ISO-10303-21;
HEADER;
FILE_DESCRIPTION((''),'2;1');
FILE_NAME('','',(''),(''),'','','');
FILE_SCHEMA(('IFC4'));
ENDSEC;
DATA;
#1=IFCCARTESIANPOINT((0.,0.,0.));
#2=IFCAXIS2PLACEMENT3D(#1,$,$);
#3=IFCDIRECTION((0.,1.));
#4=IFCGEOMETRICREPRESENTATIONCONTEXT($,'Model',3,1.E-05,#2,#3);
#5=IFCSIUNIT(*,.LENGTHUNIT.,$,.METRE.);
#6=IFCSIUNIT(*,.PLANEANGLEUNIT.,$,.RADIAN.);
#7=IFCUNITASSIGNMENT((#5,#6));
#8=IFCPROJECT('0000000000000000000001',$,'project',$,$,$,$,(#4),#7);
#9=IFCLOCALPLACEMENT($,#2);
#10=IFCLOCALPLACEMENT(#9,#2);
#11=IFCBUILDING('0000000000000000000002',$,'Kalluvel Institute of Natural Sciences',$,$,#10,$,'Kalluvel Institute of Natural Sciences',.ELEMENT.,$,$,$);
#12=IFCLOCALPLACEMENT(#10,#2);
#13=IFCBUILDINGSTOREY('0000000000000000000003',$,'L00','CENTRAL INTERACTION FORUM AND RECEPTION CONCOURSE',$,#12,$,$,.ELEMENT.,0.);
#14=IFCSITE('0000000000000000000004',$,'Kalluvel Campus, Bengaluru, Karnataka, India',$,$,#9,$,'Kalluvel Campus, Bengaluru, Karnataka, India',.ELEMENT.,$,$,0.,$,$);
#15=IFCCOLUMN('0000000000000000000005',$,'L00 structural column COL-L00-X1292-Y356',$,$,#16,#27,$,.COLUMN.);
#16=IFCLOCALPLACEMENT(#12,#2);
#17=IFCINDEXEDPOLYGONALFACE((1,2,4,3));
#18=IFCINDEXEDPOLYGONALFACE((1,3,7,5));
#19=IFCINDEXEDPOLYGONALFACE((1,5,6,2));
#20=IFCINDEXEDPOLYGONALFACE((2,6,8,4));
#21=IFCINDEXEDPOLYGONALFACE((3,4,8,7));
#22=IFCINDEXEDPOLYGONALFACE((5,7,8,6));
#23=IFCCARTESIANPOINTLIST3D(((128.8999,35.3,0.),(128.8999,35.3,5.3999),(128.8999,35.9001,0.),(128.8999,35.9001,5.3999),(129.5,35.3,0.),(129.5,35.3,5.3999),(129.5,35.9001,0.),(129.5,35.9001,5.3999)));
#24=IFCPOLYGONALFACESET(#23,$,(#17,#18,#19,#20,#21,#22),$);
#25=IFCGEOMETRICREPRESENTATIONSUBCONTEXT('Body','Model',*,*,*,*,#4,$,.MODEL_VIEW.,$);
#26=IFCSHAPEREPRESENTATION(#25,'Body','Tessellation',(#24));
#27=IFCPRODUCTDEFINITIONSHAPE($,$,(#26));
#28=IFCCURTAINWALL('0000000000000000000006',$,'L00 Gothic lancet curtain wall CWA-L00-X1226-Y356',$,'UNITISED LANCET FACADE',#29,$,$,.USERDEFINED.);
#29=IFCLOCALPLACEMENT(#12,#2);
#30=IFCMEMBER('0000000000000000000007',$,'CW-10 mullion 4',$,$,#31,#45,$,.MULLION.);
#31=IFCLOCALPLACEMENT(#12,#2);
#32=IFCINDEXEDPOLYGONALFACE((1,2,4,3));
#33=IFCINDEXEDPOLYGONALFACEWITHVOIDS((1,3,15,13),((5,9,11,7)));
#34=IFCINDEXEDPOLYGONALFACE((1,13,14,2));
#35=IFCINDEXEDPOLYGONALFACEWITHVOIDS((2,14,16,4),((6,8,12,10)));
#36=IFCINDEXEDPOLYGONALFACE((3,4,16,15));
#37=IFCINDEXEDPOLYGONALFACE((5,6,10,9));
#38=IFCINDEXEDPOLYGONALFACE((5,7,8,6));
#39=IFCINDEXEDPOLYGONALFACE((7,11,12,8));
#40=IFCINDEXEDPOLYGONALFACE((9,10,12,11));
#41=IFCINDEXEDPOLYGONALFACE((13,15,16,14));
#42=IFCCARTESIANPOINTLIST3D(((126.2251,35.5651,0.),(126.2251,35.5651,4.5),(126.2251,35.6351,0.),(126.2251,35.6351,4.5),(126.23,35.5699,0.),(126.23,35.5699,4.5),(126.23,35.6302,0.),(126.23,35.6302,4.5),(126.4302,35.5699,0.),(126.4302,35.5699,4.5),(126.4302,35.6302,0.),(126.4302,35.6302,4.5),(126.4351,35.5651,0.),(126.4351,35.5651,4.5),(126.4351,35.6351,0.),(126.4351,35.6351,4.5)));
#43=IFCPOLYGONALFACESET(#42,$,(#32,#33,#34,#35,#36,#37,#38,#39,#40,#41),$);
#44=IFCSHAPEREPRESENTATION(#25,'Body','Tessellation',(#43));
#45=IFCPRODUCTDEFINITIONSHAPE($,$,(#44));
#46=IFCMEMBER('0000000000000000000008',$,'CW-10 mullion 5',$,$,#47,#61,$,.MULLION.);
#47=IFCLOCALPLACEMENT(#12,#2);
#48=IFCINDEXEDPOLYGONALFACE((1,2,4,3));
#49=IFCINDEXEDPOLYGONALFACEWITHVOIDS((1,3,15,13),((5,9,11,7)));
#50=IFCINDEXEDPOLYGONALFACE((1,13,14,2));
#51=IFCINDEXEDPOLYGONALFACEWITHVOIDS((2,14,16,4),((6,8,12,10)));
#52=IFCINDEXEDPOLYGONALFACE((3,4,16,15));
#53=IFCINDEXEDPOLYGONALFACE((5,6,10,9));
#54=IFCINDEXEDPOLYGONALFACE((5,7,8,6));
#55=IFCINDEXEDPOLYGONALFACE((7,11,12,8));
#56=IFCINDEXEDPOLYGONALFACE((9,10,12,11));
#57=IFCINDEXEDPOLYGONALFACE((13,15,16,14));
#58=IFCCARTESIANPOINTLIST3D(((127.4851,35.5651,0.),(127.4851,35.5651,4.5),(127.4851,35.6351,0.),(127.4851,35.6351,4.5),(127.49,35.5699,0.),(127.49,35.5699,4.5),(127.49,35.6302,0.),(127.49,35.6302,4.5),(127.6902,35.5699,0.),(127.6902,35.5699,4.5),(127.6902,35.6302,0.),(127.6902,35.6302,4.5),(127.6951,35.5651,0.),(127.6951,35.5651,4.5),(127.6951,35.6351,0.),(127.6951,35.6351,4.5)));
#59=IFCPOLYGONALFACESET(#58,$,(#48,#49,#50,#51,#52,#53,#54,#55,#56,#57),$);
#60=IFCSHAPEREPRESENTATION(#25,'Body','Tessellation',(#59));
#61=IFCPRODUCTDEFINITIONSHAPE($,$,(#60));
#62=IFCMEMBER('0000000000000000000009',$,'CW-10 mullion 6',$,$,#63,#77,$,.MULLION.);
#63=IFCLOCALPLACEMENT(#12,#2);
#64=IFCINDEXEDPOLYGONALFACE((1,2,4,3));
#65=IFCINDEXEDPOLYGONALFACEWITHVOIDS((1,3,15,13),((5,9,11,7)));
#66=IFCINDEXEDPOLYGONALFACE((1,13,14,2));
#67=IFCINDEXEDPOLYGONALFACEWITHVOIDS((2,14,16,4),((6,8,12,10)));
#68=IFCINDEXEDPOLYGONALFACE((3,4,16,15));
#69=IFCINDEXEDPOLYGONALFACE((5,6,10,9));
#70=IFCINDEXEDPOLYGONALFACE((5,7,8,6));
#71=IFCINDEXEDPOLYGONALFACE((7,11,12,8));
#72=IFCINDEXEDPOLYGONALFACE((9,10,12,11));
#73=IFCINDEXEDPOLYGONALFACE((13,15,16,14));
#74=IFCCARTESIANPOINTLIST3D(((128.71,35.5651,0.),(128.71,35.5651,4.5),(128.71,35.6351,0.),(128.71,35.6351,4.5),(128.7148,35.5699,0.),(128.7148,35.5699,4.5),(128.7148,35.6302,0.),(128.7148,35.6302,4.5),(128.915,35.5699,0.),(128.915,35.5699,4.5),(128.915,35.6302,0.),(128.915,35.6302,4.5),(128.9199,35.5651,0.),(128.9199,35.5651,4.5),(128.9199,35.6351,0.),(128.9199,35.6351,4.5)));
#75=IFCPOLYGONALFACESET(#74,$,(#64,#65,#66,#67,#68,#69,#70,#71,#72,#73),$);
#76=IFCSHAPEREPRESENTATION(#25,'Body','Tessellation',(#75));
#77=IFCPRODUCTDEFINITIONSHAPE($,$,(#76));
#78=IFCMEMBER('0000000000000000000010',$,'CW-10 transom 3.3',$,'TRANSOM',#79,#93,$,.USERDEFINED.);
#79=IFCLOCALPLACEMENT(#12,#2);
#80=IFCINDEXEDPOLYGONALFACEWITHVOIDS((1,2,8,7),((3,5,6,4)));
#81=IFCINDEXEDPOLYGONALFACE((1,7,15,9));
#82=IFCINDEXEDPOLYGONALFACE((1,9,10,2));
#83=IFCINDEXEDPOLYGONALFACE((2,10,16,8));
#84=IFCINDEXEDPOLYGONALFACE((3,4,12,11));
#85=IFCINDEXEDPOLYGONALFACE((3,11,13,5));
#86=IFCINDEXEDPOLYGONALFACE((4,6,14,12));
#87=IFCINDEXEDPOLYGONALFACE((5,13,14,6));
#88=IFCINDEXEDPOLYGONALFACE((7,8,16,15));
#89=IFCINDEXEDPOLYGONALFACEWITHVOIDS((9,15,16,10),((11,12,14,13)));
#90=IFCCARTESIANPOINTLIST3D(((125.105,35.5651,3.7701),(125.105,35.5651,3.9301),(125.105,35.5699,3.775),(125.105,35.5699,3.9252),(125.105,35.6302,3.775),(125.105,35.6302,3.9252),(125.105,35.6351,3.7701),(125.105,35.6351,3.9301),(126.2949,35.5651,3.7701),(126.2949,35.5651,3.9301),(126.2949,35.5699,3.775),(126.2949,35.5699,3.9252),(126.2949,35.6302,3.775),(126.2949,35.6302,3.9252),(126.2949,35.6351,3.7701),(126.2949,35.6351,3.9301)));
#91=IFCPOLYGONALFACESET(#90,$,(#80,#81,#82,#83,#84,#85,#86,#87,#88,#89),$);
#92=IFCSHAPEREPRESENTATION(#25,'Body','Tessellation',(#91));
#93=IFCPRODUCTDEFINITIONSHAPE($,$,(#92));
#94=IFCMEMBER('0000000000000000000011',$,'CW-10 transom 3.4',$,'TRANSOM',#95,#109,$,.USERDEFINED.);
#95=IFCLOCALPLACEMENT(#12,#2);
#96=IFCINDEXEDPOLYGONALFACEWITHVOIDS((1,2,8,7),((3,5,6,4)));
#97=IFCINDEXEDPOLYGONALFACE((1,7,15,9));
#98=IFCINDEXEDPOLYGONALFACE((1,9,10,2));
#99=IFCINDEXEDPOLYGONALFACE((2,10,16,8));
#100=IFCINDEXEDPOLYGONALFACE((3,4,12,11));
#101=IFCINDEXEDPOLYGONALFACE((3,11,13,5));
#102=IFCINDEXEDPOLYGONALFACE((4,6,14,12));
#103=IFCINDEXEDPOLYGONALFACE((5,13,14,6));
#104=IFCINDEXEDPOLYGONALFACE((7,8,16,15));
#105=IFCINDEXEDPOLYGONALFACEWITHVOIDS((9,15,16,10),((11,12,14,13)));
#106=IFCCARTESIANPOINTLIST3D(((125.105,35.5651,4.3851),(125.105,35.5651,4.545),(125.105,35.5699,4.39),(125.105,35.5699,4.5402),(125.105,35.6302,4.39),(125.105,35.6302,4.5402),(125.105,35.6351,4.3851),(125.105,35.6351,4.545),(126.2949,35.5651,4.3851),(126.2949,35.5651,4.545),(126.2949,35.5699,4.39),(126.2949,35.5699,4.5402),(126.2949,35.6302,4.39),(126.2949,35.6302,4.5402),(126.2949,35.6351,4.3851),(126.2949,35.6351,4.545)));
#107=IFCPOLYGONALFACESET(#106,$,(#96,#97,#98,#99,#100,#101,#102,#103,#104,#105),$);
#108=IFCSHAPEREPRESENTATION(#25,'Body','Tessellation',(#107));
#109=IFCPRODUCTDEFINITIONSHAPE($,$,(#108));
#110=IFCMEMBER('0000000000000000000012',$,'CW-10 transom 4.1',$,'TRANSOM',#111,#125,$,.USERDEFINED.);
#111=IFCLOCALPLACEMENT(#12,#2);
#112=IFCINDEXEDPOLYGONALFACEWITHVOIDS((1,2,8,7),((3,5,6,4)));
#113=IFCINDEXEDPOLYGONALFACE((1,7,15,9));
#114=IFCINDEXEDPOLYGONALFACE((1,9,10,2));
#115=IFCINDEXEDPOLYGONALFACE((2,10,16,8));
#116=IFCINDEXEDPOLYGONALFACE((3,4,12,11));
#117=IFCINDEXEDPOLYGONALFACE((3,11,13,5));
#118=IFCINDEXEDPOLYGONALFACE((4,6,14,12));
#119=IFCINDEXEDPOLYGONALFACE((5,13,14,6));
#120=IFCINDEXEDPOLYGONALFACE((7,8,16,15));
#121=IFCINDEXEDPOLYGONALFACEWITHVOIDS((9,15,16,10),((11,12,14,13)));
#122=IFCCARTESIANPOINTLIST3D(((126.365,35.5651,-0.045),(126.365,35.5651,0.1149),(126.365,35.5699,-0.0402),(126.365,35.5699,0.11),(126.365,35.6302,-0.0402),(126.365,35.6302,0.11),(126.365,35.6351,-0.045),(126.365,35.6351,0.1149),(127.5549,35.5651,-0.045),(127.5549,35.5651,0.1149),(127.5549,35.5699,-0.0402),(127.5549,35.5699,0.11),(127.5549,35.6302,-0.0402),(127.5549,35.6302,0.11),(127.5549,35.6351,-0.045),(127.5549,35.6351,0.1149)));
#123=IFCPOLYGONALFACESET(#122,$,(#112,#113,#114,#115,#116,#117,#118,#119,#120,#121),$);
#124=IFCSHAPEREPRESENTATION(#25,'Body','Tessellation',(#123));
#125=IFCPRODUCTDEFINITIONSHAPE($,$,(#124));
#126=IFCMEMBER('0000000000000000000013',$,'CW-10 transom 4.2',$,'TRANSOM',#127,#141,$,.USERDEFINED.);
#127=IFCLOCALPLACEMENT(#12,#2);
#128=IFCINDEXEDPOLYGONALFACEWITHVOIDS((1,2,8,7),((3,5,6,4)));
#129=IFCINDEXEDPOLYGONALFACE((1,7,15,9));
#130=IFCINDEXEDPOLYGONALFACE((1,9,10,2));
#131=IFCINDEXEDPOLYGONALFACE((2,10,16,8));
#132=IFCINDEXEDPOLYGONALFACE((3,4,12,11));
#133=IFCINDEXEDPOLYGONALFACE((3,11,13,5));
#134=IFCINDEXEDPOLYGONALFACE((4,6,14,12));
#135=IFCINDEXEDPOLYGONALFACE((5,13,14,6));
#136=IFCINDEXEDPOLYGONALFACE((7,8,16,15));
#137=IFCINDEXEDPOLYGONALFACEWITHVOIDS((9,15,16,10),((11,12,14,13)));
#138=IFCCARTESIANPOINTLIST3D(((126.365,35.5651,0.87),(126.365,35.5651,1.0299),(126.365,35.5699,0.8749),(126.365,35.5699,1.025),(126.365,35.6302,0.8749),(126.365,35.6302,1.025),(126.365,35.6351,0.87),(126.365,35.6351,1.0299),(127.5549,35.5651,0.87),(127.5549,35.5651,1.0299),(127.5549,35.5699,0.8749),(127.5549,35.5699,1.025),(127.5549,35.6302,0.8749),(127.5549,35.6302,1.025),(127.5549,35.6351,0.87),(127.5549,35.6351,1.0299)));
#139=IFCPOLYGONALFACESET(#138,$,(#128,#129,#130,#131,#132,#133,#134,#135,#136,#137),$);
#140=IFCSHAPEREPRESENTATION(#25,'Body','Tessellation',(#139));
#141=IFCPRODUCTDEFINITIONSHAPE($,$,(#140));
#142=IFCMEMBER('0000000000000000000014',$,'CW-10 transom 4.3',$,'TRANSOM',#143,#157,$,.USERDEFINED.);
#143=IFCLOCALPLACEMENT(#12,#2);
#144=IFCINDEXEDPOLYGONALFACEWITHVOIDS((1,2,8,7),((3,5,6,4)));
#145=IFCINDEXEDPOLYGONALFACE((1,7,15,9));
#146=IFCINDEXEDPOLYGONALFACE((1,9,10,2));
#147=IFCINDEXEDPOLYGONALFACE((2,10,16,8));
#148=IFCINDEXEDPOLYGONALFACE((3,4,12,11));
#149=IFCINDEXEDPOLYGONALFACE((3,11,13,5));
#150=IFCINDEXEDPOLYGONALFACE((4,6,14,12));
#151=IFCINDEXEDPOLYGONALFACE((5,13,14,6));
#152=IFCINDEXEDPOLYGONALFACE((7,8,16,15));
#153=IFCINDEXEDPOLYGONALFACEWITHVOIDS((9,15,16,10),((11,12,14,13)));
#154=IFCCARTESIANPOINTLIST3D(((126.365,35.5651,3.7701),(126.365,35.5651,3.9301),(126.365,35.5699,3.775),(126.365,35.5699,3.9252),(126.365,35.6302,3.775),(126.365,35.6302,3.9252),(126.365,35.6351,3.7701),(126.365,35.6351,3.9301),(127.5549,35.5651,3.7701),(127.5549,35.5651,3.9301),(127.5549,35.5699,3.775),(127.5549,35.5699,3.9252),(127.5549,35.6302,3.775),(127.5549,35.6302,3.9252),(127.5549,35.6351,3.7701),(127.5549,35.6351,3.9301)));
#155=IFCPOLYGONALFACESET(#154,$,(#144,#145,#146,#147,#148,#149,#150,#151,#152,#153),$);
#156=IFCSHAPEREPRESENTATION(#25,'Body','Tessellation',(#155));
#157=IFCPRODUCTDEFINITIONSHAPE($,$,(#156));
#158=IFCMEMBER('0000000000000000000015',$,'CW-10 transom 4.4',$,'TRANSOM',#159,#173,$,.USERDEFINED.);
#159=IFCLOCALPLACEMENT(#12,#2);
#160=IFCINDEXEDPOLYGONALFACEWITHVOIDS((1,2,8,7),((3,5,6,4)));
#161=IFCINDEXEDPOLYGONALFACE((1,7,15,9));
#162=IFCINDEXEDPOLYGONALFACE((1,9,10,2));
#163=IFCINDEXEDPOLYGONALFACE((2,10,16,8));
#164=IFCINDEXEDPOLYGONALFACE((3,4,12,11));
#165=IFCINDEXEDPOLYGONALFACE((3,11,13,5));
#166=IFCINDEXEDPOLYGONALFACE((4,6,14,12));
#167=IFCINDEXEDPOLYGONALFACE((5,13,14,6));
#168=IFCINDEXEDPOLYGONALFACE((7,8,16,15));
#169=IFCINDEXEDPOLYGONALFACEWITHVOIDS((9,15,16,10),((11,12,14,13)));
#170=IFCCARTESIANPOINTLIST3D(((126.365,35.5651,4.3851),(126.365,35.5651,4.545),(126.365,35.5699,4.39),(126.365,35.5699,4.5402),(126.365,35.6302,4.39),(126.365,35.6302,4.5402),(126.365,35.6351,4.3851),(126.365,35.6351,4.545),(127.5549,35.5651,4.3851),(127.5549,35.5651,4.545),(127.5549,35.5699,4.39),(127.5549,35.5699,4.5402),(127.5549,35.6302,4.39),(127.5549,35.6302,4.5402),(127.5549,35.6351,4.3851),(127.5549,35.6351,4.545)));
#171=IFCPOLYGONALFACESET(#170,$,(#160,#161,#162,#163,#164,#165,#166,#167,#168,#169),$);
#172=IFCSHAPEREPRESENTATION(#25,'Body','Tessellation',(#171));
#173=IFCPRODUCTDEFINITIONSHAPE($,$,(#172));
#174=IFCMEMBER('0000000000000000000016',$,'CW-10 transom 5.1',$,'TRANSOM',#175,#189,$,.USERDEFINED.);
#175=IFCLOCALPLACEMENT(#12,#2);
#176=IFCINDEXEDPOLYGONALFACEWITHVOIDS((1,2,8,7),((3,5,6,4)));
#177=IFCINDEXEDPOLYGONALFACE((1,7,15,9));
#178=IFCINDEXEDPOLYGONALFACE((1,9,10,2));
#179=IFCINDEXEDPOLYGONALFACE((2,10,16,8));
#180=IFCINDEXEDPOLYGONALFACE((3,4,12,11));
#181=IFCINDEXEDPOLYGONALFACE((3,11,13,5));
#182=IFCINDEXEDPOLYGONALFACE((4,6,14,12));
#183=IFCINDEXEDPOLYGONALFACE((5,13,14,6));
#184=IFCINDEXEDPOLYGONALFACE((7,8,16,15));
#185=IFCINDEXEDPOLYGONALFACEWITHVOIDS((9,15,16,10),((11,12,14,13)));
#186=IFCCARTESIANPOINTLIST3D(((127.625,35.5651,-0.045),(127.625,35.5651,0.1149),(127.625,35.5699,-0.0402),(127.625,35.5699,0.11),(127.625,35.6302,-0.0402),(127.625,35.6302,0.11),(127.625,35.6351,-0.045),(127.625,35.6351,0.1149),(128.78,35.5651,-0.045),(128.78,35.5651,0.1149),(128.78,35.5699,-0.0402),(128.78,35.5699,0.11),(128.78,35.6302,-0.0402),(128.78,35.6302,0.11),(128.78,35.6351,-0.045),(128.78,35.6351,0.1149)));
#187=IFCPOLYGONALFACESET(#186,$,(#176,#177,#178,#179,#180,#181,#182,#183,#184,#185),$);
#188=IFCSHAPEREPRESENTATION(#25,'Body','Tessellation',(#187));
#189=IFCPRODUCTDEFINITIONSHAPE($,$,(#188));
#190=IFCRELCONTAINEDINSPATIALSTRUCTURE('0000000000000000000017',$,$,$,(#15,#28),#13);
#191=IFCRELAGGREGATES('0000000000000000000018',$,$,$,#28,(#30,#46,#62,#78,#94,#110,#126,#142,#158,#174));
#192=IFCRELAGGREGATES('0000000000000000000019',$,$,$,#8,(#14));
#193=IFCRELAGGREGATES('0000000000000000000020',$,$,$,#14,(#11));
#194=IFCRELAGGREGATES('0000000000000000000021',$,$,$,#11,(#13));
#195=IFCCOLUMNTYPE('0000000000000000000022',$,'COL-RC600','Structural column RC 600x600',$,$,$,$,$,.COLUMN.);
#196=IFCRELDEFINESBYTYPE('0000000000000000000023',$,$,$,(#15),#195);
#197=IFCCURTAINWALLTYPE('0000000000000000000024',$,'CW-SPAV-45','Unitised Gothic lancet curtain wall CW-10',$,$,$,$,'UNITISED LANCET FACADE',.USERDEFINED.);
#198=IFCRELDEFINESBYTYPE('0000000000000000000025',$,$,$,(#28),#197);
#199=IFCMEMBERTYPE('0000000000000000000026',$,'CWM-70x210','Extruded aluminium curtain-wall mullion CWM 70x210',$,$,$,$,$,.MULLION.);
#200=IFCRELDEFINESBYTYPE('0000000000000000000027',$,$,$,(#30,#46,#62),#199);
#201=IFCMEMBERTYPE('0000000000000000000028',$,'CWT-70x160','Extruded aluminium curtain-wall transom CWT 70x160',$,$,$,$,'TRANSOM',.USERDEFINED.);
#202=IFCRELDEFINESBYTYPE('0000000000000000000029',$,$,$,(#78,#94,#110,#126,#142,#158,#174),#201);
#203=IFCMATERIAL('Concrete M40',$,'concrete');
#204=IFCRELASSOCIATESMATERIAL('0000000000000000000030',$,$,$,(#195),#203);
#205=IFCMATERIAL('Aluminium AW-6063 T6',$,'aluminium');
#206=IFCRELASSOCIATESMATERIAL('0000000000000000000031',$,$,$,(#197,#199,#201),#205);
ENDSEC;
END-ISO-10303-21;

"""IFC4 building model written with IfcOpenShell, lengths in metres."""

from ifc_helpers import new_model, si_unit, direction, frame, origin, origin_2d, place, context, subcontext, project, spatial, rectangle, hollow_rectangle, extrude, material, material_profile, profile_set, type_object, element, aggregate, save


model = new_model("IFC4")

# Units and contexts
model_context = context("Model", 3, precision=1e-05, world=origin(), true_north=direction((0.0, 1.0)))
body_context = subcontext(model_context, "Body", "Model", "MODEL_VIEW")
ifc_project = project(units=[si_unit("LENGTHUNIT", "METRE"), si_unit("PLANEANGLEUNIT", "RADIAN")], contexts=[model_context])

# Site, building, storey
site_placement = place(None, origin())
site = spatial("IfcSite", under=ifc_project, at=site_placement, Name="Kalluvel Campus, Bengaluru, Karnataka, India", LongName="Kalluvel Campus, Bengaluru, Karnataka, India", CompositionType="ELEMENT", RefElevation=0.0)
building_placement = place(site_placement, origin())
building = spatial("IfcBuilding", under=site, at=building_placement, Name="Kalluvel Institute of Natural Sciences", LongName="Kalluvel Institute of Natural Sciences", CompositionType="ELEMENT")
storey_placement = place(building_placement, origin())
storey = spatial("IfcBuildingStorey", under=building, at=storey_placement, Name="L00", Description="CENTRAL INTERACTION FORUM AND RECEPTION CONCOURSE", CompositionType="ELEMENT", Elevation=0.0)

# Column
ifc_material_1 = material(Name="Concrete M40", Category="concrete")
ifc_material_profile_1 = material_profile(ifc_material_1, rectangle(XDim=0.6001, YDim=0.6001, at=origin_2d()), Name="RC 600x600")
ifc_profile_set_1 = profile_set([ifc_material_profile_1], Name="Concrete M40")
column_type = type_object("IfcColumnType", Name="COL-RC600", Description="Structural column RC 600x600", PredefinedType="COLUMN", material=ifc_profile_set_1)
column_placement = place(storey_placement, frame((129.2, 35.6001, 0.0), z_axis=(0.0, 0.0, 1.0), x_axis=(1.0, 0.0, 0.0)))
element("IfcColumn", 1, at=column_placement, inside=storey, type_object=column_type, Name="L00 structural column COL-L00-X1292-Y356", PredefinedType="COLUMN", context=body_context, shape_type="SweptSolid", body=[
    extrude(rectangle(XDim=0.6001, YDim=0.6001, at=origin_2d()), origin(), (0.0, 0.0, 1.0), 5.3999),
])

# Curtain wall, members
ifc_material_2 = material(Name="Aluminium AW-6063 T6", Category="aluminium")
curtain_wall_type = type_object("IfcCurtainWallType", Name="CW-SPAV-45", Description="Unitised Gothic lancet curtain wall CW-10", ElementType="UNITISED LANCET FACADE", PredefinedType="USERDEFINED", material=ifc_material_2)
curtain_wall_placement = place(storey_placement, origin())
curtain_wall = element("IfcCurtainWall", 2, at=curtain_wall_placement, inside=storey, type_object=curtain_wall_type, Name="L00 Gothic lancet curtain wall CWA-L00-X1226-Y356", ObjectType="UNITISED LANCET FACADE", PredefinedType="USERDEFINED")
ifc_material_profile_2 = material_profile(ifc_material_2, hollow_rectangle(XDim=0.0701, YDim=0.21, WallThickness=0.0049, at=origin_2d()), Name="CWM 70x210")
ifc_profile_set_2 = profile_set([ifc_material_profile_2], Name="Aluminium AW-6063 T6")
member_type_1 = type_object("IfcMemberType", Name="CWM-70x210", Description="Extruded aluminium curtain-wall mullion CWM 70x210", PredefinedType="MULLION", material=ifc_profile_set_2)
member_1_placement = place(storey_placement, frame((126.3301, 35.6001, 0.0), z_axis=(0.0, 0.0, 1.0), x_axis=(0.0, 1.0, 0.0)))
member_1 = element("IfcMember", 3, at=member_1_placement, type_object=member_type_1, Name="CW-10 mullion 4", PredefinedType="MULLION", context=body_context, shape_type="SweptSolid", body=[
    extrude(hollow_rectangle(XDim=0.0701, YDim=0.21, WallThickness=0.0049, at=origin_2d()), origin(), (0.0, 0.0, 1.0), 4.5),
])
member_2_placement = place(storey_placement, frame((127.5901, 35.6001, 0.0), z_axis=(0.0, 0.0, 1.0), x_axis=(0.0, 1.0, 0.0)))
member_2 = element("IfcMember", 4, at=member_2_placement, type_object=member_type_1, Name="CW-10 mullion 5", PredefinedType="MULLION", context=body_context, shape_type="SweptSolid", body=[
    extrude(hollow_rectangle(XDim=0.0701, YDim=0.21, WallThickness=0.0049, at=origin_2d()), origin(), (0.0, 0.0, 1.0), 4.5),
])
member_3_placement = place(storey_placement, frame((128.8149, 35.6001, 0.0), z_axis=(0.0, 0.0, 1.0), x_axis=(0.0, 1.0, 0.0)))
member_3 = element("IfcMember", 5, at=member_3_placement, type_object=member_type_1, Name="CW-10 mullion 6", PredefinedType="MULLION", context=body_context, shape_type="SweptSolid", body=[
    extrude(hollow_rectangle(XDim=0.0701, YDim=0.21, WallThickness=0.0049, at=origin_2d()), origin(), (0.0, 0.0, 1.0), 4.5),
])
ifc_material_profile_3 = material_profile(ifc_material_2, hollow_rectangle(XDim=0.0701, YDim=0.1599, WallThickness=0.0049, at=origin_2d()), Name="CWT 70x160")
ifc_profile_set_3 = profile_set([ifc_material_profile_3], Name="Aluminium AW-6063 T6")
member_type_2 = type_object("IfcMemberType", Name="CWT-70x160", Description="Extruded aluminium curtain-wall transom CWT 70x160", ElementType="TRANSOM", PredefinedType="USERDEFINED", material=ifc_profile_set_3)
member_4_placement = place(storey_placement, frame((125.105, 35.6001, 3.8501), z_axis=(1.0, 0.0, 0.0), x_axis=(0.0, 1.0, 0.0)))
member_4 = element("IfcMember", 6, at=member_4_placement, type_object=member_type_2, Name="CW-10 transom 3.3", ObjectType="TRANSOM", PredefinedType="USERDEFINED", context=body_context, shape_type="SweptSolid", body=[
    extrude(hollow_rectangle(XDim=0.0701, YDim=0.1599, WallThickness=0.0049, at=origin_2d()), origin(), (0.0, 0.0, 1.0), 1.1899),
])
member_5_placement = place(storey_placement, frame((125.105, 35.6001, 4.4651), z_axis=(1.0, 0.0, 0.0), x_axis=(0.0, 1.0, 0.0)))
member_5 = element("IfcMember", 7, at=member_5_placement, type_object=member_type_2, Name="CW-10 transom 3.4", ObjectType="TRANSOM", PredefinedType="USERDEFINED", context=body_context, shape_type="SweptSolid", body=[
    extrude(hollow_rectangle(XDim=0.0701, YDim=0.1599, WallThickness=0.0049, at=origin_2d()), origin(), (0.0, 0.0, 1.0), 1.1899),
])
member_6_placement = place(storey_placement, frame((126.365, 35.6001, 0.0349), z_axis=(1.0, 0.0, 0.0), x_axis=(0.0, 1.0, 0.0)))
member_6 = element("IfcMember", 8, at=member_6_placement, type_object=member_type_2, Name="CW-10 transom 4.1", ObjectType="TRANSOM", PredefinedType="USERDEFINED", context=body_context, shape_type="SweptSolid", body=[
    extrude(hollow_rectangle(XDim=0.0701, YDim=0.1599, WallThickness=0.0049, at=origin_2d()), origin(), (0.0, 0.0, 1.0), 1.1899),
])
member_7_placement = place(storey_placement, frame((126.365, 35.6001, 0.95), z_axis=(1.0, 0.0, 0.0), x_axis=(0.0, 1.0, 0.0)))
member_7 = element("IfcMember", 9, at=member_7_placement, type_object=member_type_2, Name="CW-10 transom 4.2", ObjectType="TRANSOM", PredefinedType="USERDEFINED", context=body_context, shape_type="SweptSolid", body=[
    extrude(hollow_rectangle(XDim=0.0701, YDim=0.1599, WallThickness=0.0049, at=origin_2d()), origin(), (0.0, 0.0, 1.0), 1.1899),
])
member_8_placement = place(storey_placement, frame((126.365, 35.6001, 3.8501), z_axis=(1.0, 0.0, 0.0), x_axis=(0.0, 1.0, 0.0)))
member_8 = element("IfcMember", 10, at=member_8_placement, type_object=member_type_2, Name="CW-10 transom 4.3", ObjectType="TRANSOM", PredefinedType="USERDEFINED", context=body_context, shape_type="SweptSolid", body=[
    extrude(hollow_rectangle(XDim=0.0701, YDim=0.1599, WallThickness=0.0049, at=origin_2d()), origin(), (0.0, 0.0, 1.0), 1.1899),
])
member_9_placement = place(storey_placement, frame((126.365, 35.6001, 4.4651), z_axis=(1.0, 0.0, 0.0), x_axis=(0.0, 1.0, 0.0)))
member_9 = element("IfcMember", 11, at=member_9_placement, type_object=member_type_2, Name="CW-10 transom 4.4", ObjectType="TRANSOM", PredefinedType="USERDEFINED", context=body_context, shape_type="SweptSolid", body=[
    extrude(hollow_rectangle(XDim=0.0701, YDim=0.1599, WallThickness=0.0049, at=origin_2d()), origin(), (0.0, 0.0, 1.0), 1.1899),
])
member_10_placement = place(storey_placement, frame((127.625, 35.6001, 0.0349), z_axis=(1.0, 0.0, 0.0), x_axis=(0.0, 1.0, 0.0)))
member_10 = element("IfcMember", 12, at=member_10_placement, type_object=member_type_2, Name="CW-10 transom 5.1", ObjectType="TRANSOM", PredefinedType="USERDEFINED", context=body_context, shape_type="SweptSolid", body=[
    extrude(hollow_rectangle(XDim=0.0701, YDim=0.1599, WallThickness=0.0049, at=origin_2d()), origin(), (0.0, 0.0, 1.0), 1.155),
])
aggregate(curtain_wall, [member_1, member_2, member_3, member_4, member_5, member_6, member_7, member_8, member_9, member_10])

save(model, "model.ifc")
